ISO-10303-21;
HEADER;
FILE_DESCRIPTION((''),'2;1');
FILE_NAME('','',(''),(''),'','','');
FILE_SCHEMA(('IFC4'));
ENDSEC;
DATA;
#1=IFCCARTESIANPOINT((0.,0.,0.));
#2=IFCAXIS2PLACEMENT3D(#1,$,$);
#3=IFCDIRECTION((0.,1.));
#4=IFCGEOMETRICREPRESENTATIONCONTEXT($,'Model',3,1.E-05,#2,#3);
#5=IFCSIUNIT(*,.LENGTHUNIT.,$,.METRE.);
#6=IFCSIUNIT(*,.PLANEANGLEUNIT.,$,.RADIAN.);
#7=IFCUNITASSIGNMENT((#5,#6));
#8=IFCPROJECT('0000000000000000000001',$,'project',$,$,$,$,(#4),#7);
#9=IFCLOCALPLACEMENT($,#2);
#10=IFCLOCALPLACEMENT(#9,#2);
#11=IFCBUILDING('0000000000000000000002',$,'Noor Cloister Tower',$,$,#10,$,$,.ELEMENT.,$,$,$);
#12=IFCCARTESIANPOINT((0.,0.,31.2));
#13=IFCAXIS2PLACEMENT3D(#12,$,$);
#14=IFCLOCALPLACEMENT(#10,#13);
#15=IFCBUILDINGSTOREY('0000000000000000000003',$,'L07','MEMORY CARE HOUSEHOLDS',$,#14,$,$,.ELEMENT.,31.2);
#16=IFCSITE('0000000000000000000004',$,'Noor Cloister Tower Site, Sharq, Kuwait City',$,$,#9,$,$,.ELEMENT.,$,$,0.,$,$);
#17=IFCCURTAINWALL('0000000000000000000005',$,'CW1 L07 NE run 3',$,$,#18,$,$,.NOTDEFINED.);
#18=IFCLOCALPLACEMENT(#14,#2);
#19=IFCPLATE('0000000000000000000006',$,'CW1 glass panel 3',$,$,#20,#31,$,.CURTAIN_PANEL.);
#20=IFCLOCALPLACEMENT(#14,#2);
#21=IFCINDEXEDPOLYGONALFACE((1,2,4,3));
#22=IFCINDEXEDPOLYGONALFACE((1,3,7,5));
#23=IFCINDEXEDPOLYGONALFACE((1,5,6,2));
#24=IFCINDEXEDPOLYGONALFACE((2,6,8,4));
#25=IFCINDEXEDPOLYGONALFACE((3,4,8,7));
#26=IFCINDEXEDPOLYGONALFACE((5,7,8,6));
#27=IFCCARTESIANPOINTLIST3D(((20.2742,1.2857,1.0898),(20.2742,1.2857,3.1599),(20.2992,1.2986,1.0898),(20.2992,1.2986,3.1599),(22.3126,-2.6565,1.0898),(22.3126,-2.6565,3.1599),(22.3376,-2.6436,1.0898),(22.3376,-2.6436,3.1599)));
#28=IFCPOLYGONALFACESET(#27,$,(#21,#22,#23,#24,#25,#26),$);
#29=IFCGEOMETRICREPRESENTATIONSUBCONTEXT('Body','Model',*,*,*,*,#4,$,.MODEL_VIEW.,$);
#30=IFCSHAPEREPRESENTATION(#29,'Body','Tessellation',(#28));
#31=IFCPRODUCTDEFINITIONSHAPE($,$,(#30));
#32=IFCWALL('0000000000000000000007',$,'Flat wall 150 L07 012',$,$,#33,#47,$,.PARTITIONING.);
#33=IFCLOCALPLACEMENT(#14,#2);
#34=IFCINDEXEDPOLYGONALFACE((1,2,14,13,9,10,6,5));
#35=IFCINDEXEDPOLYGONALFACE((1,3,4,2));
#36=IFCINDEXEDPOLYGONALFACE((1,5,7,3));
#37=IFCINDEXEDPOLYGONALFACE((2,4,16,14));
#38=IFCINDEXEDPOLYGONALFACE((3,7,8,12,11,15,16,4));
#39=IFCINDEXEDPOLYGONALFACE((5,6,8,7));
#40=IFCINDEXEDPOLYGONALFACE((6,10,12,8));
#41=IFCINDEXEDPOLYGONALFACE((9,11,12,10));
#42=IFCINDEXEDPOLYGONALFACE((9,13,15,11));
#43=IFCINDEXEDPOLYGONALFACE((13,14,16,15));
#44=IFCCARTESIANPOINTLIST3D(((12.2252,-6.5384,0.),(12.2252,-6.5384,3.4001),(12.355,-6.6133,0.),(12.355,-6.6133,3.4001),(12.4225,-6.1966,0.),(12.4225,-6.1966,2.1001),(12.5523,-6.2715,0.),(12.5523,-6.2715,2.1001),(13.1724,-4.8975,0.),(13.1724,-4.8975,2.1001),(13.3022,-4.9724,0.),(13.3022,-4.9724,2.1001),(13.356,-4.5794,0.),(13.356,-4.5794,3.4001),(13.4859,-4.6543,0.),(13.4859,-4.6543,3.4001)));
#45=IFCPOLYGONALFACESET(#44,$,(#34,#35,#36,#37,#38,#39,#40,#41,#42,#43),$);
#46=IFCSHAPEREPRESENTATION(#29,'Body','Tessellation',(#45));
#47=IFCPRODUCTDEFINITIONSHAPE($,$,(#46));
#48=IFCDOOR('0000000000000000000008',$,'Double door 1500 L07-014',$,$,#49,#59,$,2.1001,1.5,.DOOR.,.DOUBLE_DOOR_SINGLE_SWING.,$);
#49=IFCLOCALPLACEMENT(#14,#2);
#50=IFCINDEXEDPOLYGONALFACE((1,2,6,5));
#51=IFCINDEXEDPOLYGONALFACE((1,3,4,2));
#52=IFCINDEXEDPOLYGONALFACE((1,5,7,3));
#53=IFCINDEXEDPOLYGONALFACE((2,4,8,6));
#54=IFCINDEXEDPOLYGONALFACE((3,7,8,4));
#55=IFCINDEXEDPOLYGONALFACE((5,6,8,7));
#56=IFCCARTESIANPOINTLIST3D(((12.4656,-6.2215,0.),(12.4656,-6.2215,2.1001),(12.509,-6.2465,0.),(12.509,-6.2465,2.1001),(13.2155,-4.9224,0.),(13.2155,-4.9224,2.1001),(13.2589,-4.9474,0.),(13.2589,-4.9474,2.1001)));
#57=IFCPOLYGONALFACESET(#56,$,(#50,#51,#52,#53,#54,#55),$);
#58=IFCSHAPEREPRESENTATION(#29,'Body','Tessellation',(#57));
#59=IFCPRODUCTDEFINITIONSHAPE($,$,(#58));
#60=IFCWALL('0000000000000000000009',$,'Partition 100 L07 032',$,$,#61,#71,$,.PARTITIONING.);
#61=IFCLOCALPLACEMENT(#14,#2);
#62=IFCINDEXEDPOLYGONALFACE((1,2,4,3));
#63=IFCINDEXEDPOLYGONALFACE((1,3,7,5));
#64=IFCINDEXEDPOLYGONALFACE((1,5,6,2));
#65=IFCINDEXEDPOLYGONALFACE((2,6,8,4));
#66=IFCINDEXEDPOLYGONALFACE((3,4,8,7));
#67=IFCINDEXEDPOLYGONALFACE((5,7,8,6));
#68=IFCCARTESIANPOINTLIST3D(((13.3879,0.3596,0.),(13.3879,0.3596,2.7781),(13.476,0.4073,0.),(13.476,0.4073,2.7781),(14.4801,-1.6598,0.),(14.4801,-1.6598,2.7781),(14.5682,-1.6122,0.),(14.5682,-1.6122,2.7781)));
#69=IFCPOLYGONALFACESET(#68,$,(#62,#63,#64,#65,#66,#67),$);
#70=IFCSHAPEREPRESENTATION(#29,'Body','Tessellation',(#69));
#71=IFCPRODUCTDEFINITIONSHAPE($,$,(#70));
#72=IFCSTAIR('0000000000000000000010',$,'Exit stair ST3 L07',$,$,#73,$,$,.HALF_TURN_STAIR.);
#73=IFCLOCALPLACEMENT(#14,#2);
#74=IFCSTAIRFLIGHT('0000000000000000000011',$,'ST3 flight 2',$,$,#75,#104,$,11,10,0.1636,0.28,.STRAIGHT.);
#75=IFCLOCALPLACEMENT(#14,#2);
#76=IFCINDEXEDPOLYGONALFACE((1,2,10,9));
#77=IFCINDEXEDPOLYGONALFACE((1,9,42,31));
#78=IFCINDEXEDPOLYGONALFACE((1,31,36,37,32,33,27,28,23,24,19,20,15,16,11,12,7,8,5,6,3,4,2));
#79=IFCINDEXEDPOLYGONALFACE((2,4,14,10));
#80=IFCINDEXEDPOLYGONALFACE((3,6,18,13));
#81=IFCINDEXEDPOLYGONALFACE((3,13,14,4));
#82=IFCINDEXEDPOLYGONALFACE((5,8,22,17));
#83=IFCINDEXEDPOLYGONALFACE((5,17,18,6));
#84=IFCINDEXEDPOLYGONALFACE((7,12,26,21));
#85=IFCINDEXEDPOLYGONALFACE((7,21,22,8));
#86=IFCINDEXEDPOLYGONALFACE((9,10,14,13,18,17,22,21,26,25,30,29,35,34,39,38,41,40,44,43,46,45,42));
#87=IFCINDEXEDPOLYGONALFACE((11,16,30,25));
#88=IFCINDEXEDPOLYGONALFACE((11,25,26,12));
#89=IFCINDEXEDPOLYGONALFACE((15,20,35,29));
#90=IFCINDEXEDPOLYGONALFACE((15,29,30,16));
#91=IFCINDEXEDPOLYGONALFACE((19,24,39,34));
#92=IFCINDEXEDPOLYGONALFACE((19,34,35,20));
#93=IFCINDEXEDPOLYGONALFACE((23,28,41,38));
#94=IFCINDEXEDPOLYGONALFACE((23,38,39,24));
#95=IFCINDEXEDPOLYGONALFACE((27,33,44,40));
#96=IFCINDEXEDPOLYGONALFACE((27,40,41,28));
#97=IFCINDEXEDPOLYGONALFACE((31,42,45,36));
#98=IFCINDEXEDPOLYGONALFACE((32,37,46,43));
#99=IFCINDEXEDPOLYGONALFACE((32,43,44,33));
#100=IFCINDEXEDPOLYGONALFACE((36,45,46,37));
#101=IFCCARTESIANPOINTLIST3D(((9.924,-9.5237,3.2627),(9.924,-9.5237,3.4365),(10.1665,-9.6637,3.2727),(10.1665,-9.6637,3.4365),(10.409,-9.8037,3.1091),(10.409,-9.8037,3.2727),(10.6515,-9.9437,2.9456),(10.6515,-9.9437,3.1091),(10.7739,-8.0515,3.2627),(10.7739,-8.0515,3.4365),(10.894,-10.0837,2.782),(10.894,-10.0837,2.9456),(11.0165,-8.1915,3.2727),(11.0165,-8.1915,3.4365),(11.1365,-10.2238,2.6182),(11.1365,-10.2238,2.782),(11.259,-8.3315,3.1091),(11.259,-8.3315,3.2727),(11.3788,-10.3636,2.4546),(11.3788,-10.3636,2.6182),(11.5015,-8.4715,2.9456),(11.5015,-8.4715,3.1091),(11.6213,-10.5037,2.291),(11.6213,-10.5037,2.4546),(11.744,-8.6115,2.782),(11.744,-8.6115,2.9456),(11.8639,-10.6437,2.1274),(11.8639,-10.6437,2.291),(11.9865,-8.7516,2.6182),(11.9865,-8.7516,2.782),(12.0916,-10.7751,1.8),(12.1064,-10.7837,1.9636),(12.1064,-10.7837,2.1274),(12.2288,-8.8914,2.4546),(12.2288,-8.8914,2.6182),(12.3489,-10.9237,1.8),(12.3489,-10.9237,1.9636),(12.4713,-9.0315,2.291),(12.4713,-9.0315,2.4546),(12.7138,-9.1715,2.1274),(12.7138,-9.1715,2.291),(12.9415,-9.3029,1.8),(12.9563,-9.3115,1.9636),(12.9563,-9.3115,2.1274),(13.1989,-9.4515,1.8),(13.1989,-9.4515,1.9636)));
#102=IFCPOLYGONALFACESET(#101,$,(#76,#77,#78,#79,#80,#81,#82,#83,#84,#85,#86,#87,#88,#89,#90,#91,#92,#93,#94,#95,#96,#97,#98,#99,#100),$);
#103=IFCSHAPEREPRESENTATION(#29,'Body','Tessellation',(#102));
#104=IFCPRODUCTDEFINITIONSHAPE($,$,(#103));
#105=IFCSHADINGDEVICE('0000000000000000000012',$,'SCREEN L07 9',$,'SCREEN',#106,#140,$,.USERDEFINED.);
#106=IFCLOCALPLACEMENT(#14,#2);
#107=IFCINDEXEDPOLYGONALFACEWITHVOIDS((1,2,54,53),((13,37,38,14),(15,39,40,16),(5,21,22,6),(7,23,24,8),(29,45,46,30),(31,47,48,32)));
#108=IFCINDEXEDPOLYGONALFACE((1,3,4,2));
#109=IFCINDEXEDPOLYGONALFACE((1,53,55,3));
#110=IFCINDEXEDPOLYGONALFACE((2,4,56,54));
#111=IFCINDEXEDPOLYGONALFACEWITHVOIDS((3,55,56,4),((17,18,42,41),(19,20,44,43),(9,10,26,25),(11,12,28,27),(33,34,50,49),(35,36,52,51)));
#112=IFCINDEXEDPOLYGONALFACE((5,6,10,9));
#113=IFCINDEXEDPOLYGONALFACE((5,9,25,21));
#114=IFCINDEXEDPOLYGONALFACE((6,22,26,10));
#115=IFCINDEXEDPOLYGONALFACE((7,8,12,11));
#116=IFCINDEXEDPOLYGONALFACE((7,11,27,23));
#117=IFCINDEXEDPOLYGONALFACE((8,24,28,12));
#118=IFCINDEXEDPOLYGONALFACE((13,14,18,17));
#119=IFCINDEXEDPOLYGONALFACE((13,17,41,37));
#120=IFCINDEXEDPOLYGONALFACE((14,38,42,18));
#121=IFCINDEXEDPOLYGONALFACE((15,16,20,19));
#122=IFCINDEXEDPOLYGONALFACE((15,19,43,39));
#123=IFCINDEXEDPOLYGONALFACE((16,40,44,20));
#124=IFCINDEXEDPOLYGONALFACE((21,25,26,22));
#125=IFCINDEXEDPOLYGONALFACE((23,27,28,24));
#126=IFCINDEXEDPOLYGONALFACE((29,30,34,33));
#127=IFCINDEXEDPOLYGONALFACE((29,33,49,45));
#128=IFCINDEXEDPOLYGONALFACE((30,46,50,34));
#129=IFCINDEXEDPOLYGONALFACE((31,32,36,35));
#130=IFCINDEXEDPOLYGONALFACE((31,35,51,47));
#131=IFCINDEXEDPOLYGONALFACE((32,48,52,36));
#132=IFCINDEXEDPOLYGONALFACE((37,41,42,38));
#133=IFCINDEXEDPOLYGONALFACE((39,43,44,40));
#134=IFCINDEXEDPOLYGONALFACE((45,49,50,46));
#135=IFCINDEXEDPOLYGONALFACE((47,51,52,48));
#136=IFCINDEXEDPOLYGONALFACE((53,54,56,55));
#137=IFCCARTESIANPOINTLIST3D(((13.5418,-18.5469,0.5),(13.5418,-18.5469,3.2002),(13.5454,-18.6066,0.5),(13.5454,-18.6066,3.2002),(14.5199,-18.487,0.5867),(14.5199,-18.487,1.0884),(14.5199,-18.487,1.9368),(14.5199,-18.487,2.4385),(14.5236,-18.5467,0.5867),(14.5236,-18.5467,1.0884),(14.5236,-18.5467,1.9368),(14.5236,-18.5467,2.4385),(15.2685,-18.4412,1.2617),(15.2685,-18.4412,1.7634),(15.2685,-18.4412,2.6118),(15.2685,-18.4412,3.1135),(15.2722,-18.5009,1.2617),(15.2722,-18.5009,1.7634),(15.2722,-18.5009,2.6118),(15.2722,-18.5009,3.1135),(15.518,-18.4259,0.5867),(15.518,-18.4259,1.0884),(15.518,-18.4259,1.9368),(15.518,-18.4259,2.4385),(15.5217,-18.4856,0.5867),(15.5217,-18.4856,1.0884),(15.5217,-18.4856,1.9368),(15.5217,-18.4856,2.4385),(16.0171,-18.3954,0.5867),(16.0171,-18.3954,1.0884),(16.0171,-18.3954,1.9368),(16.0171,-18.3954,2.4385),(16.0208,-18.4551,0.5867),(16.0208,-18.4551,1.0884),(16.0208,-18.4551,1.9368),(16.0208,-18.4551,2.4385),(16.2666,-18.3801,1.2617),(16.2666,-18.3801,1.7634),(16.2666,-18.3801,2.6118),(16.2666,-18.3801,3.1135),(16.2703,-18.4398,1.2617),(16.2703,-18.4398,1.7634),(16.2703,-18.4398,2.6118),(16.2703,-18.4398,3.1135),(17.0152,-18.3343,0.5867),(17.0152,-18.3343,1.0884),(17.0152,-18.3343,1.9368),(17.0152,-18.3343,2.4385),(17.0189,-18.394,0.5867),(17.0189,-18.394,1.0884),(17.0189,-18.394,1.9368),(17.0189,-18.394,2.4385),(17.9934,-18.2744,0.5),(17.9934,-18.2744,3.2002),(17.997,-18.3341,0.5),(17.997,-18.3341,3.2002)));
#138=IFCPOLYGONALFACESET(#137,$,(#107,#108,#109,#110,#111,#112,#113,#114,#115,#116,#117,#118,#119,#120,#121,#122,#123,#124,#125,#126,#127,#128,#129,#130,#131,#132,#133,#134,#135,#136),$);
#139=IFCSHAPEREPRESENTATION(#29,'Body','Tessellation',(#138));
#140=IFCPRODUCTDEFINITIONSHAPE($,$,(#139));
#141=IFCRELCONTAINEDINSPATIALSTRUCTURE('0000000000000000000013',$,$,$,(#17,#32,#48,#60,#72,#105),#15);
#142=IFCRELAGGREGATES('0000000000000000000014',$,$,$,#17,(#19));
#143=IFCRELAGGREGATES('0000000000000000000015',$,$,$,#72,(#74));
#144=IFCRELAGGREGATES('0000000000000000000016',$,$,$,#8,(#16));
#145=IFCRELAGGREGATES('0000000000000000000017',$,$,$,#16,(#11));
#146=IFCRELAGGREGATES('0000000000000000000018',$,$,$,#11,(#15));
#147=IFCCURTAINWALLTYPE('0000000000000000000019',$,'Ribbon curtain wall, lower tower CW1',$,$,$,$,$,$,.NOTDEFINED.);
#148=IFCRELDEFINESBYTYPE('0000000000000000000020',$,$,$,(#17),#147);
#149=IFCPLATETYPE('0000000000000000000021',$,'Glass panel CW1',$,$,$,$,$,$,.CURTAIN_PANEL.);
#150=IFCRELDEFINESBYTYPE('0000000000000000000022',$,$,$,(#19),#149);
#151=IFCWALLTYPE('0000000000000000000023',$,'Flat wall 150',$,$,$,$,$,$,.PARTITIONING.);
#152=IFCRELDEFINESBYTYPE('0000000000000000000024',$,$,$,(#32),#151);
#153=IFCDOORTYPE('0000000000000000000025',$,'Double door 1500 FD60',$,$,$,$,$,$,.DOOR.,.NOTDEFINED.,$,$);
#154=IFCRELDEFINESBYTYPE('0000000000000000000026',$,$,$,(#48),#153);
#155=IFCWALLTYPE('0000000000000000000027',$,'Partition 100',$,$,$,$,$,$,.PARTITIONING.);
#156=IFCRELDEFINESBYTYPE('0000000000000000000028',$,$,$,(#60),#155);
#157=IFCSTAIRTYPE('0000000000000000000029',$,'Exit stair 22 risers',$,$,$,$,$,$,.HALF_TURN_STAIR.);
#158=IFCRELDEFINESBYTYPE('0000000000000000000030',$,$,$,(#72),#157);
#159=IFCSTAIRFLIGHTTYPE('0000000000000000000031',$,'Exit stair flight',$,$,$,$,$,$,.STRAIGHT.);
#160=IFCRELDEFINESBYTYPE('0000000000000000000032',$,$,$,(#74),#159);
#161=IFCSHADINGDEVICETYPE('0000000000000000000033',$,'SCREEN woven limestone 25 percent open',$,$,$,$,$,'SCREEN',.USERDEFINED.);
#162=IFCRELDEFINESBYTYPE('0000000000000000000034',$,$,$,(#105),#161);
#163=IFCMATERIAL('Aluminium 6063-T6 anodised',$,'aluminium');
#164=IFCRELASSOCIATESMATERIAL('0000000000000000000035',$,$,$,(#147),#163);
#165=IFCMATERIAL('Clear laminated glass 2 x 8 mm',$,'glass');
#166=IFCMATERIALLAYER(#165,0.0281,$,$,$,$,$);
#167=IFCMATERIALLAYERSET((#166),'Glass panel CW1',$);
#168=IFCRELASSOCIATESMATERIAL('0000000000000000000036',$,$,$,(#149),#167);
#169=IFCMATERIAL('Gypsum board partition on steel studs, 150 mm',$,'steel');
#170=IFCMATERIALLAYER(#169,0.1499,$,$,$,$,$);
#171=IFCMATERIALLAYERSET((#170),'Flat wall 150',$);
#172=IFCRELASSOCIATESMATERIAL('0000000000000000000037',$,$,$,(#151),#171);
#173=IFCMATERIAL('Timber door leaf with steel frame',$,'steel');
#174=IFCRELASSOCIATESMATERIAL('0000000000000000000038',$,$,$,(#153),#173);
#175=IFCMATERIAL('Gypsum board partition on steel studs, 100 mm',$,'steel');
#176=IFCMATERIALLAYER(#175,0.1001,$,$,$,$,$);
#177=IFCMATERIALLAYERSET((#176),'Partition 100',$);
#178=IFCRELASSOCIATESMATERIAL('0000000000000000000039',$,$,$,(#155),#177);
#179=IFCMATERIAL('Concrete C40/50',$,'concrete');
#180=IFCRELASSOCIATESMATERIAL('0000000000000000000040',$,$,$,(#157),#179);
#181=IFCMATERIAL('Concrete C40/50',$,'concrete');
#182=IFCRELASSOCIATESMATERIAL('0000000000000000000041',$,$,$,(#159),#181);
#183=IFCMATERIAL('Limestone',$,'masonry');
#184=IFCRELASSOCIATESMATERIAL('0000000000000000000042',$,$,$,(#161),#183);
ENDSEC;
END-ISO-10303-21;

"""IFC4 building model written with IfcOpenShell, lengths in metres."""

from ifc_helpers import new_model, si_unit, direction, frame, frame_2d, origin, origin_2d, place, context, subcontext, project, spatial, polyline, rectangle, outline, extrude, material, layer, layer_set, material_profile, profile_set, type_object, element, fill, aggregate, save


model = new_model("IFC4")

# Units and contexts
model_context = context("Model", 3, precision=1e-05, world=origin(), true_north=direction((0.0, 1.0)))
body_context = subcontext(model_context, "Body", "Model", "MODEL_VIEW")
ifc_project = project(units=[si_unit("LENGTHUNIT", "METRE"), si_unit("PLANEANGLEUNIT", "RADIAN")], contexts=[model_context])

# Site, building, storey
site_placement = place(None, origin())
site = spatial("IfcSite", under=ifc_project, at=site_placement, Name="Noor Cloister Tower Site, Sharq, Kuwait City", CompositionType="ELEMENT", RefElevation=0.0)
building_placement = place(site_placement, origin())
building = spatial("IfcBuilding", under=site, at=building_placement, Name="Noor Cloister Tower", CompositionType="ELEMENT")
storey_placement = place(building_placement, frame((0.0, 0.0, 31.2)))
storey = spatial("IfcBuildingStorey", under=building, at=storey_placement, Name="L07", Description="MEMORY CARE HOUSEHOLDS", CompositionType="ELEMENT", Elevation=31.2)

# Curtain wall
ifc_material_1 = material(Name="Aluminium 6063-T6 anodised", Category="aluminium")
curtain_wall_type = type_object("IfcCurtainWallType", Name="Ribbon curtain wall, lower tower CW1", PredefinedType="NOTDEFINED", material=ifc_material_1)
curtain_wall_1_placement = place(storey_placement, origin())
curtain_wall_1 = element("IfcCurtainWall", 1, at=curtain_wall_1_placement, inside=storey, type_object=curtain_wall_type, Name="CW1 L07 NE run 3", PredefinedType="NOTDEFINED")

# Plate
ifc_material_2 = material(Name="Clear laminated glass 2 x 8 mm", Category="glass")
ifc_layer_1 = layer(ifc_material_2, 0.0281)
ifc_layer_set_1 = layer_set([ifc_layer_1], Name="Glass panel CW1")
plate_type = type_object("IfcPlateType", Name="Glass panel CW1", PredefinedType="CURTAIN_PANEL", material=ifc_layer_set_1)
plate_1_placement = place(storey_placement, frame((21.3059, -0.679, 1.0898), z_axis=(0.0, 0.0, 1.0), x_axis=(-0.459306, 0.888278, 0.0)))
plate_1 = element("IfcPlate", 2, at=plate_1_placement, type_object=plate_type, Name="CW1 glass panel 3", PredefinedType="CURTAIN_PANEL", context=body_context, shape_type="SweptSolid", body=[
    extrude(rectangle(XDim=4.438, YDim=0.0281, at=origin_2d()), origin(), (0.0, 0.0, 1.0), 2.0701),
])
aggregate(curtain_wall_1, [plate_1])

# Wall, opening, door
ifc_material_3 = material(Name="Gypsum board partition on steel studs, 150 mm", Category="steel")
ifc_layer_2 = layer(ifc_material_3, 0.1499)
ifc_layer_set_2 = layer_set([ifc_layer_2], Name="Flat wall 150")
wall_type_1 = type_object("IfcWallType", Name="Flat wall 150", PredefinedType="PARTITIONING", material=ifc_layer_set_2)
wall_1_placement = place(storey_placement, frame((13.4209, -4.6169, 0.0), z_axis=(0.0, 0.0, 1.0), x_axis=(-0.499947, -0.866056, 0.0)))
wall_1 = element("IfcWall", 3, at=wall_1_placement, inside=storey, type_object=wall_type_1, Name="Flat wall 150 L07 012", PredefinedType="PARTITIONING", context=body_context, shape_type="SweptSolid", body=[
    extrude(rectangle(XDim=2.262, YDim=0.1499, at=frame_2d((1.1309, 0.0))), origin(), (0.0, 0.0, 1.0), 3.4001),
])
opening_placement = place(wall_1_placement, frame((0.3672, 0.0, 0.0)))
opening = element("IfcOpeningElement", 4, at=opening_placement, cuts=wall_1, PredefinedType="OPENING", context=body_context, shape_type="SweptSolid", body=[
    extrude(rectangle(XDim=1.5, YDim=2.1001, at=frame_2d((0.75, 1.05))), frame((0.0, 0.085, 0.0), z_axis=(0.0, -1.0, 0.0), x_axis=(1.0, 0.0, 0.0)), (0.0, 0.0, 1.0), 0.1699),
])
ifc_material_4 = material(Name="Timber door leaf with steel frame", Category="steel")
door_type = type_object("IfcDoorType", Name="Double door 1500 FD60", OperationType="NOTDEFINED", PredefinedType="DOOR", material=ifc_material_4)
door_placement = place(opening_placement, origin())
door = element("IfcDoor", 5, at=door_placement, inside=storey, type_object=door_type, Name="Double door 1500 L07-014", OperationType="DOUBLE_DOOR_SINGLE_SWING", OverallHeight=2.1001, OverallWidth=1.5, PredefinedType="DOOR", context=body_context, shape_type="SweptSolid", body=[
    extrude(rectangle(XDim=1.5, YDim=2.1001, at=frame_2d((0.75, 1.05))), frame((0.0, 0.0249, 0.0), z_axis=(0.0, -1.0, 0.0), x_axis=(1.0, 0.0, 0.0)), (0.0, 0.0, 1.0), 0.05),
])
fill(opening, door)

# Wall
ifc_material_5 = material(Name="Gypsum board partition on steel studs, 100 mm", Category="steel")
ifc_layer_3 = layer(ifc_material_5, 0.1001)
ifc_layer_set_3 = layer_set([ifc_layer_3], Name="Partition 100")
wall_type_2 = type_object("IfcWallType", Name="Partition 100", PredefinedType="PARTITIONING", material=ifc_layer_set_3)
wall_2_placement = place(storey_placement, frame((14.5242, -1.636, 0.0), z_axis=(0.0, 0.0, 1.0), x_axis=(-0.475735, 0.879589, 0.0)))
element("IfcWall", 6, at=wall_2_placement, inside=storey, type_object=wall_type_2, Name="Partition 100 L07 032", PredefinedType="PARTITIONING", context=body_context, shape_type="SweptSolid", body=[
    extrude(rectangle(XDim=2.2959, YDim=0.1001, at=frame_2d((1.1479, 0.0))), origin(), (0.0, 0.0, 1.0), 2.7781),
])

# Stair, stair flight
ifc_material_6 = material(Name="Concrete C40/50", Category="concrete")
stair_type = type_object("IfcStairType", Name="Exit stair 22 risers", PredefinedType="HALF_TURN_STAIR", material=ifc_material_6)
stair_placement = place(storey_placement, origin())
stair = element("IfcStair", 7, at=stair_placement, inside=storey, type_object=stair_type, Name="Exit stair ST3 L07", PredefinedType="HALF_TURN_STAIR")
ifc_material_7 = material(Name="Concrete C40/50", Category="concrete")
stair_flight_type = type_object("IfcStairFlightType", Name="Exit stair flight", PredefinedType="STRAIGHT", material=ifc_material_7)
stair_flight_placement = place(storey_placement, frame((12.7739, -10.1875, 1.8), z_axis=(0.0, 0.0, 1.0), x_axis=(-0.866025, 0.5, 0.0)))
stair_flight = element("IfcStairFlight", 8, at=stair_flight_placement, type_object=stair_flight_type, Name="ST3 flight 2", NumberOfRisers=11, NumberOfTreads=10, PredefinedType="STRAIGHT", RiserHeight=0.1636, TreadLength=0.28, context=body_context, shape_type="SweptSolid", body=[
    extrude(outline(polyline([(0.0, 0.0), (0.0, 0.1636), (0.28, 0.1636), (0.28, 0.3274), (0.5601, 0.3274), (0.5601, 0.491), (0.8401, 0.491), (0.8401, 0.6545), (1.1201, 0.6545), (1.1201, 0.8181), (1.3999, 0.8181), (1.3999, 0.9819), (1.6799, 0.9819), (1.6799, 1.1455), (1.96, 1.1455), (1.96, 1.3091), (2.24, 1.3091), (2.24, 1.4727), (2.52, 1.4727), (2.52, 1.6365), (2.8, 1.6365), (2.8, 1.8), (2.8, 1.4626), (0.2971, 0.0), (0.0, 0.0)])), frame((0.0, 0.8501, 0.0), z_axis=(0.0, -1.0, 0.0), x_axis=(1.0, 0.0, 0.0)), (0.0, 0.0, 1.0), 1.7),
])
aggregate(stair, [stair_flight])

# Shading device
ifc_material_8 = material(Name="Limestone", Category="masonry")
ifc_material_profile_1 = material_profile(ifc_material_8, outline(polyline([(-2.23, -1.3501), (2.23, -1.3501), (2.23, 1.3501), (-2.23, 1.3501), (-2.23, -1.3501)]), holes=[polyline([(-1.25, -1.2634), (-0.25, -1.2634), (-0.25, -0.7617), (-1.25, -0.7617), (-1.25, -1.2634)]), polyline([(0.25, -1.2634), (1.25, -1.2634), (1.25, -0.7617), (0.25, -0.7617), (0.25, -1.2634)]), polyline([(-0.5, -0.5884), (0.5, -0.5884), (0.5, -0.0867), (-0.5, -0.0867), (-0.5, -0.5884)]), polyline([(-1.25, 0.0867), (-0.25, 0.0867), (-0.25, 0.5884), (-1.25, 0.5884), (-1.25, 0.0867)]), polyline([(0.25, 0.0867), (1.25, 0.0867), (1.25, 0.5884), (0.25, 0.5884), (0.25, 0.0867)]), polyline([(-0.5, 0.7617), (0.5, 0.7617), (0.5, 1.2634), (-0.5, 1.2634), (-0.5, 0.7617)])]), Name="Woven screen 25 percent open")
ifc_profile_set_1 = profile_set([ifc_material_profile_1], Name="Limestone")
shading_device_type = type_object("IfcShadingDeviceType", Name="SCREEN woven limestone 25 percent open", ElementType="SCREEN", PredefinedType="USERDEFINED", material=ifc_profile_set_1)
shading_device_placement = place(storey_placement, frame((15.7676, -18.4106, 1.8501), z_axis=(0.06111, -0.998131, 0.0), x_axis=(0.998131, 0.06111, 0.0)))
element("IfcShadingDevice", 9, at=shading_device_placement, inside=storey, type_object=shading_device_type, Name="SCREEN L07 9", ObjectType="SCREEN", PredefinedType="USERDEFINED", context=body_context, shape_type="SweptSolid", body=[
    extrude(outline(polyline([(-2.23, -1.3501), (2.23, -1.3501), (2.23, 1.3501), (-2.23, 1.3501), (-2.23, -1.3501)]), holes=[polyline([(-1.25, -1.2634), (-0.25, -1.2634), (-0.25, -0.7617), (-1.25, -0.7617), (-1.25, -1.2634)]), polyline([(0.25, -1.2634), (1.25, -1.2634), (1.25, -0.7617), (0.25, -0.7617), (0.25, -1.2634)]), polyline([(-0.5, -0.5884), (0.5, -0.5884), (0.5, -0.0867), (-0.5, -0.0867), (-0.5, -0.5884)]), polyline([(-1.25, 0.0867), (-0.25, 0.0867), (-0.25, 0.5884), (-1.25, 0.5884), (-1.25, 0.0867)]), polyline([(0.25, 0.0867), (1.25, 0.0867), (1.25, 0.5884), (0.25, 0.5884), (0.25, 0.0867)]), polyline([(-0.5, 0.7617), (0.5, 0.7617), (0.5, 1.2634), (-0.5, 1.2634), (-0.5, 0.7617)])]), origin(), (0.0, 0.0, 1.0), 0.0598),
])

save(model, "model.ifc")
